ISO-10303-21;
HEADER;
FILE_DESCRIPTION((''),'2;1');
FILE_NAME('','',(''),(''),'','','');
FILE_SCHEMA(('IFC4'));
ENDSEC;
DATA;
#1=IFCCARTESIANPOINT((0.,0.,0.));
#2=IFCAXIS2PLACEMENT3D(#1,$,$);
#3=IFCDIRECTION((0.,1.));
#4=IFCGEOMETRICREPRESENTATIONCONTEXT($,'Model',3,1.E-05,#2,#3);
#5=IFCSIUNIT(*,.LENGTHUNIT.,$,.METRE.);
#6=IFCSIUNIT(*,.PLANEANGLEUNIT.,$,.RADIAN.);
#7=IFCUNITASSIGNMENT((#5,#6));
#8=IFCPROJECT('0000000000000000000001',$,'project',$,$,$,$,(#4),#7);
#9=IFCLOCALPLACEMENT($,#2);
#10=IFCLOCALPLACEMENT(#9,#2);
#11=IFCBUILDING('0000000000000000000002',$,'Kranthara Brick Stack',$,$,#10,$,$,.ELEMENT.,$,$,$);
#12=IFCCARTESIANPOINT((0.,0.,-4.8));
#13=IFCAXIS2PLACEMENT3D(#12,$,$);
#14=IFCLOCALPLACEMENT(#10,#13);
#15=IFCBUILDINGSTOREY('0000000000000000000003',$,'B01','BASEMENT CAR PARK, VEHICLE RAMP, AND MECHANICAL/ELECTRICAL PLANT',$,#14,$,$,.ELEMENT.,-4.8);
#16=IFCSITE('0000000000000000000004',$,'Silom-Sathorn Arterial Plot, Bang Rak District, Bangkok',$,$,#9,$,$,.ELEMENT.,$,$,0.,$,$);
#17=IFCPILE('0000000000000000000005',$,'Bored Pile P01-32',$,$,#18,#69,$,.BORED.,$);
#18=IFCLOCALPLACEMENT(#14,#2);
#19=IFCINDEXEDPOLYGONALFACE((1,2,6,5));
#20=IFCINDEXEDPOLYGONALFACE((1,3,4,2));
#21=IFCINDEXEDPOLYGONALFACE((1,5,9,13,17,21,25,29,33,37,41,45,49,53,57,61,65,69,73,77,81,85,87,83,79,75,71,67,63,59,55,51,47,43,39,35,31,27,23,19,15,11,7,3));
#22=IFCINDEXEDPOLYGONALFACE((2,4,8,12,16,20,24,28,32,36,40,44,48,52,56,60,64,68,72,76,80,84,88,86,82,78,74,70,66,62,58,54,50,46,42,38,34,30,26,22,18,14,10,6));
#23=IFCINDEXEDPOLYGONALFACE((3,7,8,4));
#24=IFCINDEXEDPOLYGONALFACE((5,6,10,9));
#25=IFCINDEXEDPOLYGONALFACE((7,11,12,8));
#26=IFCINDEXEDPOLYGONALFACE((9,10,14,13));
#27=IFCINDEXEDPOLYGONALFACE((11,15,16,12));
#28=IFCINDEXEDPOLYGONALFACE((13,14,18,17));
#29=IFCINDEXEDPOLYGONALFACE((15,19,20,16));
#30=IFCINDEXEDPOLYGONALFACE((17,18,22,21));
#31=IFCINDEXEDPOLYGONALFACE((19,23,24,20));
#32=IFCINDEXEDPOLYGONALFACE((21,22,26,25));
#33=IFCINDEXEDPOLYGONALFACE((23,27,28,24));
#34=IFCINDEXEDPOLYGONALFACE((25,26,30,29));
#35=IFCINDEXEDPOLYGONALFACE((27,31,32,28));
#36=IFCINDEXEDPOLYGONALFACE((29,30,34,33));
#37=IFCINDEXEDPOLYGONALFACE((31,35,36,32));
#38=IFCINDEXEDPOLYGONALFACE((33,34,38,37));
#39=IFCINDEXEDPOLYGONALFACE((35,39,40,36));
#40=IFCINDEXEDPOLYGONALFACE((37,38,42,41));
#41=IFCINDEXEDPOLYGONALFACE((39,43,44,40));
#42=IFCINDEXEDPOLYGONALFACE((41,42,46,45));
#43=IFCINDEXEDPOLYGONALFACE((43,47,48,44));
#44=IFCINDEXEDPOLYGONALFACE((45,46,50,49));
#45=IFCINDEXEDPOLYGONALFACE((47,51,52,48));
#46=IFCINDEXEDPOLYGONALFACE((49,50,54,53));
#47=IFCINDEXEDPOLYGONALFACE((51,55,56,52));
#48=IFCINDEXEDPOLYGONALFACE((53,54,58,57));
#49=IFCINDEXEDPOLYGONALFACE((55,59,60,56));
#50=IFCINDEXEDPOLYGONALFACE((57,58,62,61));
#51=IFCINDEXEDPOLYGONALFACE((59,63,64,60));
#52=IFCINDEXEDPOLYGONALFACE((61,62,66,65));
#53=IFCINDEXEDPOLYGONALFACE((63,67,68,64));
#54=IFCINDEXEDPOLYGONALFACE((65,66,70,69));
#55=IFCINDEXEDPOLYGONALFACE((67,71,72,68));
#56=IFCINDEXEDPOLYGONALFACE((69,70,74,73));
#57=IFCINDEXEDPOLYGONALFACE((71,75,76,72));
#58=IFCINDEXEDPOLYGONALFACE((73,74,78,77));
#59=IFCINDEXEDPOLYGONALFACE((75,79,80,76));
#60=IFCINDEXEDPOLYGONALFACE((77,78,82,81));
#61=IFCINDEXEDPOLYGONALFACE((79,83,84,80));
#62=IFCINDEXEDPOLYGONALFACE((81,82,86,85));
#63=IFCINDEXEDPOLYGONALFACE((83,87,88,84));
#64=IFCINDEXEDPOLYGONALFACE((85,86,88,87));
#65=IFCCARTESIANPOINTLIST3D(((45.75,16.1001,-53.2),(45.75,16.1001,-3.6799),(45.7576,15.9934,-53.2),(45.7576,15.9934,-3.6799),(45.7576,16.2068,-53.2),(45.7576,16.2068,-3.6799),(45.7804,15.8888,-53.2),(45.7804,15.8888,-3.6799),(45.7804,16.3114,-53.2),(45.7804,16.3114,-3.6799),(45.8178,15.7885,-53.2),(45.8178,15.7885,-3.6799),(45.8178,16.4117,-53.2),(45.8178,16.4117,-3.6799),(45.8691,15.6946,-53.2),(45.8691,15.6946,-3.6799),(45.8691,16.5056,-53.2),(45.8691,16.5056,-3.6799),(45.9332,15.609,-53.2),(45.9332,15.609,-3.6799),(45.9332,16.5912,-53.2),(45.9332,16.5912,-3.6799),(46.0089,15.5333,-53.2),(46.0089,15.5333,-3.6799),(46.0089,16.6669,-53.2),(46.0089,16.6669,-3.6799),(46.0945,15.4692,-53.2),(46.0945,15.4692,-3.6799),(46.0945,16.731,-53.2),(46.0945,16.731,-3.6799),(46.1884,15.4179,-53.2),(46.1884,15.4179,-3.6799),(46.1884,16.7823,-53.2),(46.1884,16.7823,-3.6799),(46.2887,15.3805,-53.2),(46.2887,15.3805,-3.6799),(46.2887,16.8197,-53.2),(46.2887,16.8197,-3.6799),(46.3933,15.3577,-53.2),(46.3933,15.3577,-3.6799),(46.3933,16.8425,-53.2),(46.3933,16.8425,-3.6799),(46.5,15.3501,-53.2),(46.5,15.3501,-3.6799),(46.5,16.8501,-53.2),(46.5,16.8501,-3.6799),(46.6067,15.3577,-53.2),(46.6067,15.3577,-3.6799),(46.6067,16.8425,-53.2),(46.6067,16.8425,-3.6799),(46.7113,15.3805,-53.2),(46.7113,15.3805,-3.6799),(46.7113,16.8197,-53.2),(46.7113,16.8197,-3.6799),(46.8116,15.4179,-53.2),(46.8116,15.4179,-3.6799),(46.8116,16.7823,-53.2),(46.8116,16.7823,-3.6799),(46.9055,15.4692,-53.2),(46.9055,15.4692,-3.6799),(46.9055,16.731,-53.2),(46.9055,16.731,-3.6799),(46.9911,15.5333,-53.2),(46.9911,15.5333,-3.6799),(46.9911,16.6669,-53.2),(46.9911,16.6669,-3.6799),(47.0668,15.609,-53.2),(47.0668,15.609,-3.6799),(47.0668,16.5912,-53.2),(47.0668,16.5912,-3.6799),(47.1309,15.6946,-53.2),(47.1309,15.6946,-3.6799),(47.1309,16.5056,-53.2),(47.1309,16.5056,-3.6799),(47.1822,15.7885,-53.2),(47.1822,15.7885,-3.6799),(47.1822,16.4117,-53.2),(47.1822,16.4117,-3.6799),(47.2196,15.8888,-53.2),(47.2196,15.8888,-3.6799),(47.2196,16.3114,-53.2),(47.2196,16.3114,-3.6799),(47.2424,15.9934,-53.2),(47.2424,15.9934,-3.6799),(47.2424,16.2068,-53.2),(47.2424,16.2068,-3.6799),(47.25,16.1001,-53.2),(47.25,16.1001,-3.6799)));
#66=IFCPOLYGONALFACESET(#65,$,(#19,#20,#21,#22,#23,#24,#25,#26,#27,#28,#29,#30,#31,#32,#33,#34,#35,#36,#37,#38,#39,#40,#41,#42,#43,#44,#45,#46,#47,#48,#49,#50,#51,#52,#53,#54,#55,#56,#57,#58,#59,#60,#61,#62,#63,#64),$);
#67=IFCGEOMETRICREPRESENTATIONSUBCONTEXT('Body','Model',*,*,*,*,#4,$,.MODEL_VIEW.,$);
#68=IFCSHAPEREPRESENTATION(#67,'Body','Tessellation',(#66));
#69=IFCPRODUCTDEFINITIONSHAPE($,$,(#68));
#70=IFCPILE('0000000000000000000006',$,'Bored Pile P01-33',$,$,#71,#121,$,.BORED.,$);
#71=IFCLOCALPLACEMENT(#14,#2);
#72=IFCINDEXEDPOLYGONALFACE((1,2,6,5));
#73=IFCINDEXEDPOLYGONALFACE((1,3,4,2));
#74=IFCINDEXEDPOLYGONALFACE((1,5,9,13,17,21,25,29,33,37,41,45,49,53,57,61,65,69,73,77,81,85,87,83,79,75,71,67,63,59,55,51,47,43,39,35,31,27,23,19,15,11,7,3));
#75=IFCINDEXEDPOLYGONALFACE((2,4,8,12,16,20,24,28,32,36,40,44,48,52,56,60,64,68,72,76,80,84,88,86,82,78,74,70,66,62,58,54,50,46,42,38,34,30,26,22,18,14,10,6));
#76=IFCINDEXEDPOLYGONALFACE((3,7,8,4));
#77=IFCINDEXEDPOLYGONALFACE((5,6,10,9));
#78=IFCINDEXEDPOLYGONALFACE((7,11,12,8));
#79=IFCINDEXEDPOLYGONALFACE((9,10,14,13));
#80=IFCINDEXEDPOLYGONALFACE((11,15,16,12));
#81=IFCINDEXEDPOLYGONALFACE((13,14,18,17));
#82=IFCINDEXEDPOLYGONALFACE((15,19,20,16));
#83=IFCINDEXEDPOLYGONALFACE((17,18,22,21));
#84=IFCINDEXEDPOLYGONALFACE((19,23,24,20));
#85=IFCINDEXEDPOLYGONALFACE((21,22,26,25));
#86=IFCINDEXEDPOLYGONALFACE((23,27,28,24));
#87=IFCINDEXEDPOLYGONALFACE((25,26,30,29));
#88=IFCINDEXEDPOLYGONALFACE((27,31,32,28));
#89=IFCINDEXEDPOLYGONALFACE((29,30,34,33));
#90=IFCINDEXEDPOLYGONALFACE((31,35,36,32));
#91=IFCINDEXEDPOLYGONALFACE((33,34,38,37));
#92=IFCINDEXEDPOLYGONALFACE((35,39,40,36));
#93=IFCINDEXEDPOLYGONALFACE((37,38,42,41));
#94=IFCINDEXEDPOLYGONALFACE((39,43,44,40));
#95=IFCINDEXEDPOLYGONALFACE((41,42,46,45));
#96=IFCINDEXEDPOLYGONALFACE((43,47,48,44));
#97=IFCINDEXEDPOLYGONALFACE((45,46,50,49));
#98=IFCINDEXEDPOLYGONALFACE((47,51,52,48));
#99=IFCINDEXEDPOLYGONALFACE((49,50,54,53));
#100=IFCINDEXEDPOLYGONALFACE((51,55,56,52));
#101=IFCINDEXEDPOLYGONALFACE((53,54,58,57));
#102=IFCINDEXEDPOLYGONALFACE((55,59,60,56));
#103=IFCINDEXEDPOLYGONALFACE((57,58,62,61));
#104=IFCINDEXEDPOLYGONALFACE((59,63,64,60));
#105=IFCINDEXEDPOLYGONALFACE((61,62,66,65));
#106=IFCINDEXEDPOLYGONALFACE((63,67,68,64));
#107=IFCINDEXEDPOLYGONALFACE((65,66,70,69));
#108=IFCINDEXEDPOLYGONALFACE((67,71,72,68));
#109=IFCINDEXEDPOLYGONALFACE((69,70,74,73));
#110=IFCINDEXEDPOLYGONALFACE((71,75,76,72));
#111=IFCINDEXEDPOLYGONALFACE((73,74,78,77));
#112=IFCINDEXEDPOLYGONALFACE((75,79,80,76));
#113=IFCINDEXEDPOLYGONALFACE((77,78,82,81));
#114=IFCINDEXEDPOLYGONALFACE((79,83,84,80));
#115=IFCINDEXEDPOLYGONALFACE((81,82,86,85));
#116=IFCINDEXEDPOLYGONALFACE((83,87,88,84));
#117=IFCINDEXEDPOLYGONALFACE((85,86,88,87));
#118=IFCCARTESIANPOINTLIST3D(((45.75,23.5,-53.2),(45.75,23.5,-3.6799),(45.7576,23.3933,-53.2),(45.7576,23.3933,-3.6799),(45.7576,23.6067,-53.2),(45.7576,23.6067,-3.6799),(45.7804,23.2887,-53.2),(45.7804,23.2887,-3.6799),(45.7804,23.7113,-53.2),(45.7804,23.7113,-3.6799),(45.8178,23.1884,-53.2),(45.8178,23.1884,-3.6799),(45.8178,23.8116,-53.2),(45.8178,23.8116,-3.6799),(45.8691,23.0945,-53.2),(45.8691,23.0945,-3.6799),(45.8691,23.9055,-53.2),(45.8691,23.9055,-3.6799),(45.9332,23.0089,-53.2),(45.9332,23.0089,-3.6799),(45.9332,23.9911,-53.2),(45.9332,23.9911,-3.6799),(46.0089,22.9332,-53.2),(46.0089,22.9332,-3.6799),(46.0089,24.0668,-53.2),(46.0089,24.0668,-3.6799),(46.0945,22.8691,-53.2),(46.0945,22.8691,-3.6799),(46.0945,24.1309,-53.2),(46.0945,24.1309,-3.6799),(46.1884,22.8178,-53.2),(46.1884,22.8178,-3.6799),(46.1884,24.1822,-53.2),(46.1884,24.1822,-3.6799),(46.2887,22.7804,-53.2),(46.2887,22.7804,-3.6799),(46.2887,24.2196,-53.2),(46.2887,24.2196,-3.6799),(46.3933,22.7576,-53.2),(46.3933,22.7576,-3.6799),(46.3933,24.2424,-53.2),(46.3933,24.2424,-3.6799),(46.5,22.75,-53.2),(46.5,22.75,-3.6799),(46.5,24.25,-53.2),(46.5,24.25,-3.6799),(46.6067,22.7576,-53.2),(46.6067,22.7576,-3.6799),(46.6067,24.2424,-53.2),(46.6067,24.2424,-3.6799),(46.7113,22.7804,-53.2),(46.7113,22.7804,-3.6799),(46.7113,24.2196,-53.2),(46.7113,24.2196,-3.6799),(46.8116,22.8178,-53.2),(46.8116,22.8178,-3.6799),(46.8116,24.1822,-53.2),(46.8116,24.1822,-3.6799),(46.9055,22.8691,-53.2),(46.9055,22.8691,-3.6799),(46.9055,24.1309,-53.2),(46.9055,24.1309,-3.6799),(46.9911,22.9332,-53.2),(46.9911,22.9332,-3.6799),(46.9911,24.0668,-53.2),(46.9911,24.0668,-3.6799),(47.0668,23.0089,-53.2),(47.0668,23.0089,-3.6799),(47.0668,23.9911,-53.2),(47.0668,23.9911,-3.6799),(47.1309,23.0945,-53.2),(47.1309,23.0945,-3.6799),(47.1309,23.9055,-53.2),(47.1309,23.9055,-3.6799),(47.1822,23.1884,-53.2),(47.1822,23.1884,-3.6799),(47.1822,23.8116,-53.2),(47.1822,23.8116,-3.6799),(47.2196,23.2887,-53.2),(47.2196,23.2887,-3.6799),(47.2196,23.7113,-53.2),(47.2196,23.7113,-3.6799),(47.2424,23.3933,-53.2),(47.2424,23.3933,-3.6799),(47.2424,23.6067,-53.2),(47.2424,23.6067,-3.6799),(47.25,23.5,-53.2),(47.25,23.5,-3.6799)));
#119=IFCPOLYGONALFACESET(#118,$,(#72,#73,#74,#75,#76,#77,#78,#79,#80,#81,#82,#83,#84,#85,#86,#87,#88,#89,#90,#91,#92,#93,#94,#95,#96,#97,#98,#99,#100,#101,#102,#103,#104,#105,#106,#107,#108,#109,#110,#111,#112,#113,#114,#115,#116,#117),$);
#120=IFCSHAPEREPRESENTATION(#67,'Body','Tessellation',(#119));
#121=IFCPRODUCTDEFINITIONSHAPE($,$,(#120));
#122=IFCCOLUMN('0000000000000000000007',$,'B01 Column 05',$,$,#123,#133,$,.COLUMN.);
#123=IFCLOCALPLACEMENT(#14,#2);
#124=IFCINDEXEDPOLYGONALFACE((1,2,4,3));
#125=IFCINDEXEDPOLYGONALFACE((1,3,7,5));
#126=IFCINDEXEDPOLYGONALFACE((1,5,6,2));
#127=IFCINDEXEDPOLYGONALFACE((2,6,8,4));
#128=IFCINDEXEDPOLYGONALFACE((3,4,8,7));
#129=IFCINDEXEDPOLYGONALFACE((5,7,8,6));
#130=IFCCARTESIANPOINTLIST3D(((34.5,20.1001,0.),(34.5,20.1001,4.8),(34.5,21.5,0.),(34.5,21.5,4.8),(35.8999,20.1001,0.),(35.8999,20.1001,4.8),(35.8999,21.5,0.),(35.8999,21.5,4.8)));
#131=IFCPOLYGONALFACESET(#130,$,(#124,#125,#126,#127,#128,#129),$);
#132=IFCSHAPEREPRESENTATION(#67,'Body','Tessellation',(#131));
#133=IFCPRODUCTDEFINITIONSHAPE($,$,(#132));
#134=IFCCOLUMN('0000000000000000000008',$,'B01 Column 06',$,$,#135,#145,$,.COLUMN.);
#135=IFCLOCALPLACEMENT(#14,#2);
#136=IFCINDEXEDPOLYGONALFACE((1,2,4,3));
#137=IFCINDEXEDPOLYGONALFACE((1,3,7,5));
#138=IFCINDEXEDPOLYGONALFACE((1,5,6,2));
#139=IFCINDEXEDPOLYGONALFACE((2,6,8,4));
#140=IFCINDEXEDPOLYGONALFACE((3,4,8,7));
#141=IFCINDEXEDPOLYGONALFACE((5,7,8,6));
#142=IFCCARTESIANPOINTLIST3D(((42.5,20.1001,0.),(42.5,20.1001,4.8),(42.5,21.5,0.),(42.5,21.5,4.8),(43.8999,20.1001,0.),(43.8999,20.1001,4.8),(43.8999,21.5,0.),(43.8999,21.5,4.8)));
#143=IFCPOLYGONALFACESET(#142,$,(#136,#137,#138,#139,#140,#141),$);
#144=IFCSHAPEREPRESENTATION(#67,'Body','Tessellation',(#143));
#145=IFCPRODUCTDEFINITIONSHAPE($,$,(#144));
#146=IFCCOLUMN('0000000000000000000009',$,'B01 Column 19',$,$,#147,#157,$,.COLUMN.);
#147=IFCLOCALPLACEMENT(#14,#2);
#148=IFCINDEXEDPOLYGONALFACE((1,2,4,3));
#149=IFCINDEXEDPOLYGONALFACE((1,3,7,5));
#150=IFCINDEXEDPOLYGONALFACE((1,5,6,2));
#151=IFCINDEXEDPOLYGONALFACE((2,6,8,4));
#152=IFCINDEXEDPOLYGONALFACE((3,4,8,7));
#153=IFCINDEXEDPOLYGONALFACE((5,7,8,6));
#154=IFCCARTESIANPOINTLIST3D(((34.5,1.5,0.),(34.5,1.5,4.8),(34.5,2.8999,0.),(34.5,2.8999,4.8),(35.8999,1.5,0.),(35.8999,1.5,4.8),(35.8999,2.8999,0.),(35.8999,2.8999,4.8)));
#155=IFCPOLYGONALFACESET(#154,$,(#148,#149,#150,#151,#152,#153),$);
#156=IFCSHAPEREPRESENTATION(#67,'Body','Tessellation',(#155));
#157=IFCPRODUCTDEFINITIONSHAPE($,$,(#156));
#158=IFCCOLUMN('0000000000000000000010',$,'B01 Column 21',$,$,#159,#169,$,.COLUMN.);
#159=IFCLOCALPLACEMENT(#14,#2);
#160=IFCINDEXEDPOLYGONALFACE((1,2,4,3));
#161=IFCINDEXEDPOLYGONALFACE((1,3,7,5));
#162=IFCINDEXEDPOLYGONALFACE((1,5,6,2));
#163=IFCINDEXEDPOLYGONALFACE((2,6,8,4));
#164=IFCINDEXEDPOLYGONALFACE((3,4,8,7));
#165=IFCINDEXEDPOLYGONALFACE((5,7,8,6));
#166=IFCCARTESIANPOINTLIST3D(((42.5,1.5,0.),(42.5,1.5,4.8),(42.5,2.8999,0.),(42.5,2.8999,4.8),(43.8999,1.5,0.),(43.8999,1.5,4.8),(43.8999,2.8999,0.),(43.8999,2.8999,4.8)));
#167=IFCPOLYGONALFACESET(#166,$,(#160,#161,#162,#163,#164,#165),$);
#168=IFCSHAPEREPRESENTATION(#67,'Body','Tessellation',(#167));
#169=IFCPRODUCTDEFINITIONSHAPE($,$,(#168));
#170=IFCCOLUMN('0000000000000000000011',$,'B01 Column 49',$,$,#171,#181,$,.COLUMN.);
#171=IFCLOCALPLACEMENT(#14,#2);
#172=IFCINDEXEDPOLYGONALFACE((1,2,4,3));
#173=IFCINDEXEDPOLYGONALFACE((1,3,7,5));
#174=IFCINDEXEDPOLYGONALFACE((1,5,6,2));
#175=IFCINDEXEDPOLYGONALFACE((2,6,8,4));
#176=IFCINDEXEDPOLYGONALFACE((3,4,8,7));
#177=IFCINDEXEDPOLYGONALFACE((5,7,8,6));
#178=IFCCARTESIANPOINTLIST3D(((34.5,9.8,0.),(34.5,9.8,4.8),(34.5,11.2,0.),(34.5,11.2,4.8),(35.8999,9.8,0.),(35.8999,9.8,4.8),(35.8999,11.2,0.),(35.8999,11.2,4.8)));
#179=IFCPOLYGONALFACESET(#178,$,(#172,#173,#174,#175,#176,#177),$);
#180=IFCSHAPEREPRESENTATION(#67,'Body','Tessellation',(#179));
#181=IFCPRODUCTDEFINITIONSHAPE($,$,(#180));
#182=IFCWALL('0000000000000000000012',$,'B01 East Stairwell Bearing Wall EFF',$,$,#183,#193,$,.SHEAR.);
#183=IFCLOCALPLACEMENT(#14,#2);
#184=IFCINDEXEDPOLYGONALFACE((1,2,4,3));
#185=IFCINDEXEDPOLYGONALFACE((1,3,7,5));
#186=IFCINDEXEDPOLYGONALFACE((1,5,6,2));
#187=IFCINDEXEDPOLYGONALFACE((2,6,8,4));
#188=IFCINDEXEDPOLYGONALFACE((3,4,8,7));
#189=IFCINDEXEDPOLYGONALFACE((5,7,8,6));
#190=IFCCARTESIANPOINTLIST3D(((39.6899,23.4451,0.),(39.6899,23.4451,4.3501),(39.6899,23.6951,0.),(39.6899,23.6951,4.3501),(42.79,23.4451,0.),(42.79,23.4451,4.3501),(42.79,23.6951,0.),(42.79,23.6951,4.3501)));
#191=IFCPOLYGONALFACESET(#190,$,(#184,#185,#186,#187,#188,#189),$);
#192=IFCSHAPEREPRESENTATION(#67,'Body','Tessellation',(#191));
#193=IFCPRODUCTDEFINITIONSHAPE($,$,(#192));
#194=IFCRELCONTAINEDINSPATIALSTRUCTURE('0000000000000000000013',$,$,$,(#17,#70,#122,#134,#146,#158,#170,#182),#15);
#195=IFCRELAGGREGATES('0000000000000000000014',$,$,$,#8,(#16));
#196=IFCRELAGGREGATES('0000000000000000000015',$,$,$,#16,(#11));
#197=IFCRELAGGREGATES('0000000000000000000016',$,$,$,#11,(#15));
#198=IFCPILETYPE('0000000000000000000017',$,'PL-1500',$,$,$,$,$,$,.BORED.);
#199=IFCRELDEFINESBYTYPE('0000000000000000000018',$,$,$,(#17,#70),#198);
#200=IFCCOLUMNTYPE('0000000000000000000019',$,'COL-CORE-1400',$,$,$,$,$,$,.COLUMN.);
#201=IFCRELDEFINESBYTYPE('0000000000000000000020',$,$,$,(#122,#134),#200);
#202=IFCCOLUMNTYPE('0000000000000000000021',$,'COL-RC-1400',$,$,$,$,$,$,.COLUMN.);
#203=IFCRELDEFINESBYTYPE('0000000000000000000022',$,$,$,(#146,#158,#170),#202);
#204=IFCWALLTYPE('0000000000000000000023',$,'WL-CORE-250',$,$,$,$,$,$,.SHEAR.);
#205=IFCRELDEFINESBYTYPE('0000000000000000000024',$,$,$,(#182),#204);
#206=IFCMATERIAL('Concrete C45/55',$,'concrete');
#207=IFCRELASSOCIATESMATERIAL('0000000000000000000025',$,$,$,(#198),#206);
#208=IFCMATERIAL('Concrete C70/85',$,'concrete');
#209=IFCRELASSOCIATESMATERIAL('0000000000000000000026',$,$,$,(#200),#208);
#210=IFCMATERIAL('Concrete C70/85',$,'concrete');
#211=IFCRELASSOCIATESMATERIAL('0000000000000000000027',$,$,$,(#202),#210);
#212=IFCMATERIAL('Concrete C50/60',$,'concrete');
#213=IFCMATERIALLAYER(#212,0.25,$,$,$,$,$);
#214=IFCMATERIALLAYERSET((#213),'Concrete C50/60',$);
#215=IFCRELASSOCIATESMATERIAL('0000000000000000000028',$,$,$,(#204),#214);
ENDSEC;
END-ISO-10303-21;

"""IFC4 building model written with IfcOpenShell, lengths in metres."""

from ifc_helpers import new_model, si_unit, direction, frame, frame_2d, origin, origin_2d, place, context, subcontext, project, spatial, rectangle, circle, extrude, material, layer, layer_set, material_profile, profile_set, type_object, element, save


model = new_model("IFC4")

# Units and contexts
model_context = context("Model", 3, precision=1e-05, world=origin(), true_north=direction((0.0, 1.0)))
body_context = subcontext(model_context, "Body", "Model", "MODEL_VIEW")
ifc_project = project(units=[si_unit("LENGTHUNIT", "METRE"), si_unit("PLANEANGLEUNIT", "RADIAN")], contexts=[model_context])

# Site, building, storey
site_placement = place(None, origin())
site = spatial("IfcSite", under=ifc_project, at=site_placement, Name="Silom-Sathorn Arterial Plot, Bang Rak District, Bangkok", CompositionType="ELEMENT", RefElevation=0.0)
building_placement = place(site_placement, origin())
building = spatial("IfcBuilding", under=site, at=building_placement, Name="Kranthara Brick Stack", CompositionType="ELEMENT")
storey_placement = place(building_placement, frame((0.0, 0.0, -4.8)))
storey = spatial("IfcBuildingStorey", under=building, at=storey_placement, Name="B01", Description="BASEMENT CAR PARK, VEHICLE RAMP, AND MECHANICAL/ELECTRICAL PLANT", CompositionType="ELEMENT", Elevation=-4.8)

# Piles
ifc_material_1 = material(Name="Concrete C45/55", Category="concrete")
ifc_material_profile_1 = material_profile(ifc_material_1, circle(Radius=0.75, at=origin_2d()), Name="BORED PILE 1500")
ifc_profile_set_1 = profile_set([ifc_material_profile_1], Name="Concrete C45/55")
pile_type_1 = type_object("IfcPileType", Name="PL-1500", PredefinedType="BORED", material=ifc_profile_set_1)
for number, where, z_axis, x_axis, name in (
    (1, (46.5, 16.1001, -3.6799), (0.0, 0.0, -1.0), (1.0, 0.0, 0.0), "Bored Pile P01-32"),
    (2, (46.5, 23.5, -3.6799), (0.0, 0.0, -1.0), (1.0, 0.0, 0.0), "Bored Pile P01-33"),
):
    element("IfcPile", number, at=place(storey_placement, frame(where, z_axis=z_axis, x_axis=x_axis)), inside=storey, type_object=pile_type_1, Name=name, PredefinedType="BORED", context=body_context, shape_type="SweptSolid", body=[
        extrude(circle(Radius=0.75, at=origin_2d()), origin(), (0.0, 0.0, 1.0), 49.52),
    ])

# Columns
ifc_material_2 = material(Name="Concrete C70/85", Category="concrete")
ifc_material_profile_2 = material_profile(ifc_material_2, rectangle(XDim=1.3999, YDim=1.3999, at=origin_2d()), Name="RC 1400x1400")
ifc_profile_set_2 = profile_set([ifc_material_profile_2], Name="Concrete C70/85")
column_type_1 = type_object("IfcColumnType", Name="COL-CORE-1400", PredefinedType="COLUMN", material=ifc_profile_set_2)
for number, where, z_axis, x_axis, name in (
    (3, (35.2, 20.8, 0.0), (0.0, 0.0, 1.0), (1.0, 0.0, 0.0), "B01 Column 05"),
    (4, (43.2, 20.8, 0.0), (0.0, 0.0, 1.0), (1.0, 0.0, 0.0), "B01 Column 06"),
):
    element("IfcColumn", number, at=place(storey_placement, frame(where, z_axis=z_axis, x_axis=x_axis)), inside=storey, type_object=column_type_1, Name=name, PredefinedType="COLUMN", context=body_context, shape_type="SweptSolid", body=[
        extrude(rectangle(XDim=1.3999, YDim=1.3999, at=origin_2d()), origin(), (0.0, 0.0, 1.0), 4.8),
    ])
ifc_material_3 = material(Name="Concrete C70/85", Category="concrete")
ifc_material_profile_3 = material_profile(ifc_material_3, rectangle(XDim=1.3999, YDim=1.3999, at=origin_2d()), Name="RC 1400x1400")
ifc_profile_set_3 = profile_set([ifc_material_profile_3], Name="Concrete C70/85")
column_type_2 = type_object("IfcColumnType", Name="COL-RC-1400", PredefinedType="COLUMN", material=ifc_profile_set_3)
for number, where, z_axis, x_axis, name in (
    (5, (35.2, 2.2, 0.0), (0.0, 0.0, 1.0), (1.0, 0.0, 0.0), "B01 Column 19"),
    (6, (43.2, 2.2, 0.0), (0.0, 0.0, 1.0), (1.0, 0.0, 0.0), "B01 Column 21"),
    (7, (35.2, 10.5, 0.0), (0.0, 0.0, 1.0), (1.0, 0.0, 0.0), "B01 Column 49"),
):
    element("IfcColumn", number, at=place(storey_placement, frame(where, z_axis=z_axis, x_axis=x_axis)), inside=storey, type_object=column_type_2, Name=name, PredefinedType="COLUMN", context=body_context, shape_type="SweptSolid", body=[
        extrude(rectangle(XDim=1.3999, YDim=1.3999, at=origin_2d()), origin(), (0.0, 0.0, 1.0), 4.8),
    ])

# Shared definitions
ifc_material_4 = material(Name="Concrete C50/60", Category="concrete")
ifc_layer_1 = layer(ifc_material_4, 0.25)
ifc_layer_set_1 = layer_set([ifc_layer_1], Name="Concrete C50/60")
wall_type_1 = type_object("IfcWallType", Name="WL-CORE-250", PredefinedType="SHEAR", material=ifc_layer_set_1)

# Wall
wall_1_placement = place(storey_placement, frame((39.6899, 23.5701, 0.0), z_axis=(0.0, 0.0, 1.0), x_axis=(1.0, 0.0, 0.0)))
element("IfcWall", 8, at=wall_1_placement, inside=storey, type_object=wall_type_1, Name="B01 East Stairwell Bearing Wall EFF", PredefinedType="SHEAR", context=body_context, shape_type="SweptSolid", body=[
    extrude(rectangle(XDim=3.1001, YDim=0.25, at=frame_2d((1.55, 0.0))), origin(), (0.0, 0.0, 1.0), 4.3501),
])

save(model, "model.ifc")
